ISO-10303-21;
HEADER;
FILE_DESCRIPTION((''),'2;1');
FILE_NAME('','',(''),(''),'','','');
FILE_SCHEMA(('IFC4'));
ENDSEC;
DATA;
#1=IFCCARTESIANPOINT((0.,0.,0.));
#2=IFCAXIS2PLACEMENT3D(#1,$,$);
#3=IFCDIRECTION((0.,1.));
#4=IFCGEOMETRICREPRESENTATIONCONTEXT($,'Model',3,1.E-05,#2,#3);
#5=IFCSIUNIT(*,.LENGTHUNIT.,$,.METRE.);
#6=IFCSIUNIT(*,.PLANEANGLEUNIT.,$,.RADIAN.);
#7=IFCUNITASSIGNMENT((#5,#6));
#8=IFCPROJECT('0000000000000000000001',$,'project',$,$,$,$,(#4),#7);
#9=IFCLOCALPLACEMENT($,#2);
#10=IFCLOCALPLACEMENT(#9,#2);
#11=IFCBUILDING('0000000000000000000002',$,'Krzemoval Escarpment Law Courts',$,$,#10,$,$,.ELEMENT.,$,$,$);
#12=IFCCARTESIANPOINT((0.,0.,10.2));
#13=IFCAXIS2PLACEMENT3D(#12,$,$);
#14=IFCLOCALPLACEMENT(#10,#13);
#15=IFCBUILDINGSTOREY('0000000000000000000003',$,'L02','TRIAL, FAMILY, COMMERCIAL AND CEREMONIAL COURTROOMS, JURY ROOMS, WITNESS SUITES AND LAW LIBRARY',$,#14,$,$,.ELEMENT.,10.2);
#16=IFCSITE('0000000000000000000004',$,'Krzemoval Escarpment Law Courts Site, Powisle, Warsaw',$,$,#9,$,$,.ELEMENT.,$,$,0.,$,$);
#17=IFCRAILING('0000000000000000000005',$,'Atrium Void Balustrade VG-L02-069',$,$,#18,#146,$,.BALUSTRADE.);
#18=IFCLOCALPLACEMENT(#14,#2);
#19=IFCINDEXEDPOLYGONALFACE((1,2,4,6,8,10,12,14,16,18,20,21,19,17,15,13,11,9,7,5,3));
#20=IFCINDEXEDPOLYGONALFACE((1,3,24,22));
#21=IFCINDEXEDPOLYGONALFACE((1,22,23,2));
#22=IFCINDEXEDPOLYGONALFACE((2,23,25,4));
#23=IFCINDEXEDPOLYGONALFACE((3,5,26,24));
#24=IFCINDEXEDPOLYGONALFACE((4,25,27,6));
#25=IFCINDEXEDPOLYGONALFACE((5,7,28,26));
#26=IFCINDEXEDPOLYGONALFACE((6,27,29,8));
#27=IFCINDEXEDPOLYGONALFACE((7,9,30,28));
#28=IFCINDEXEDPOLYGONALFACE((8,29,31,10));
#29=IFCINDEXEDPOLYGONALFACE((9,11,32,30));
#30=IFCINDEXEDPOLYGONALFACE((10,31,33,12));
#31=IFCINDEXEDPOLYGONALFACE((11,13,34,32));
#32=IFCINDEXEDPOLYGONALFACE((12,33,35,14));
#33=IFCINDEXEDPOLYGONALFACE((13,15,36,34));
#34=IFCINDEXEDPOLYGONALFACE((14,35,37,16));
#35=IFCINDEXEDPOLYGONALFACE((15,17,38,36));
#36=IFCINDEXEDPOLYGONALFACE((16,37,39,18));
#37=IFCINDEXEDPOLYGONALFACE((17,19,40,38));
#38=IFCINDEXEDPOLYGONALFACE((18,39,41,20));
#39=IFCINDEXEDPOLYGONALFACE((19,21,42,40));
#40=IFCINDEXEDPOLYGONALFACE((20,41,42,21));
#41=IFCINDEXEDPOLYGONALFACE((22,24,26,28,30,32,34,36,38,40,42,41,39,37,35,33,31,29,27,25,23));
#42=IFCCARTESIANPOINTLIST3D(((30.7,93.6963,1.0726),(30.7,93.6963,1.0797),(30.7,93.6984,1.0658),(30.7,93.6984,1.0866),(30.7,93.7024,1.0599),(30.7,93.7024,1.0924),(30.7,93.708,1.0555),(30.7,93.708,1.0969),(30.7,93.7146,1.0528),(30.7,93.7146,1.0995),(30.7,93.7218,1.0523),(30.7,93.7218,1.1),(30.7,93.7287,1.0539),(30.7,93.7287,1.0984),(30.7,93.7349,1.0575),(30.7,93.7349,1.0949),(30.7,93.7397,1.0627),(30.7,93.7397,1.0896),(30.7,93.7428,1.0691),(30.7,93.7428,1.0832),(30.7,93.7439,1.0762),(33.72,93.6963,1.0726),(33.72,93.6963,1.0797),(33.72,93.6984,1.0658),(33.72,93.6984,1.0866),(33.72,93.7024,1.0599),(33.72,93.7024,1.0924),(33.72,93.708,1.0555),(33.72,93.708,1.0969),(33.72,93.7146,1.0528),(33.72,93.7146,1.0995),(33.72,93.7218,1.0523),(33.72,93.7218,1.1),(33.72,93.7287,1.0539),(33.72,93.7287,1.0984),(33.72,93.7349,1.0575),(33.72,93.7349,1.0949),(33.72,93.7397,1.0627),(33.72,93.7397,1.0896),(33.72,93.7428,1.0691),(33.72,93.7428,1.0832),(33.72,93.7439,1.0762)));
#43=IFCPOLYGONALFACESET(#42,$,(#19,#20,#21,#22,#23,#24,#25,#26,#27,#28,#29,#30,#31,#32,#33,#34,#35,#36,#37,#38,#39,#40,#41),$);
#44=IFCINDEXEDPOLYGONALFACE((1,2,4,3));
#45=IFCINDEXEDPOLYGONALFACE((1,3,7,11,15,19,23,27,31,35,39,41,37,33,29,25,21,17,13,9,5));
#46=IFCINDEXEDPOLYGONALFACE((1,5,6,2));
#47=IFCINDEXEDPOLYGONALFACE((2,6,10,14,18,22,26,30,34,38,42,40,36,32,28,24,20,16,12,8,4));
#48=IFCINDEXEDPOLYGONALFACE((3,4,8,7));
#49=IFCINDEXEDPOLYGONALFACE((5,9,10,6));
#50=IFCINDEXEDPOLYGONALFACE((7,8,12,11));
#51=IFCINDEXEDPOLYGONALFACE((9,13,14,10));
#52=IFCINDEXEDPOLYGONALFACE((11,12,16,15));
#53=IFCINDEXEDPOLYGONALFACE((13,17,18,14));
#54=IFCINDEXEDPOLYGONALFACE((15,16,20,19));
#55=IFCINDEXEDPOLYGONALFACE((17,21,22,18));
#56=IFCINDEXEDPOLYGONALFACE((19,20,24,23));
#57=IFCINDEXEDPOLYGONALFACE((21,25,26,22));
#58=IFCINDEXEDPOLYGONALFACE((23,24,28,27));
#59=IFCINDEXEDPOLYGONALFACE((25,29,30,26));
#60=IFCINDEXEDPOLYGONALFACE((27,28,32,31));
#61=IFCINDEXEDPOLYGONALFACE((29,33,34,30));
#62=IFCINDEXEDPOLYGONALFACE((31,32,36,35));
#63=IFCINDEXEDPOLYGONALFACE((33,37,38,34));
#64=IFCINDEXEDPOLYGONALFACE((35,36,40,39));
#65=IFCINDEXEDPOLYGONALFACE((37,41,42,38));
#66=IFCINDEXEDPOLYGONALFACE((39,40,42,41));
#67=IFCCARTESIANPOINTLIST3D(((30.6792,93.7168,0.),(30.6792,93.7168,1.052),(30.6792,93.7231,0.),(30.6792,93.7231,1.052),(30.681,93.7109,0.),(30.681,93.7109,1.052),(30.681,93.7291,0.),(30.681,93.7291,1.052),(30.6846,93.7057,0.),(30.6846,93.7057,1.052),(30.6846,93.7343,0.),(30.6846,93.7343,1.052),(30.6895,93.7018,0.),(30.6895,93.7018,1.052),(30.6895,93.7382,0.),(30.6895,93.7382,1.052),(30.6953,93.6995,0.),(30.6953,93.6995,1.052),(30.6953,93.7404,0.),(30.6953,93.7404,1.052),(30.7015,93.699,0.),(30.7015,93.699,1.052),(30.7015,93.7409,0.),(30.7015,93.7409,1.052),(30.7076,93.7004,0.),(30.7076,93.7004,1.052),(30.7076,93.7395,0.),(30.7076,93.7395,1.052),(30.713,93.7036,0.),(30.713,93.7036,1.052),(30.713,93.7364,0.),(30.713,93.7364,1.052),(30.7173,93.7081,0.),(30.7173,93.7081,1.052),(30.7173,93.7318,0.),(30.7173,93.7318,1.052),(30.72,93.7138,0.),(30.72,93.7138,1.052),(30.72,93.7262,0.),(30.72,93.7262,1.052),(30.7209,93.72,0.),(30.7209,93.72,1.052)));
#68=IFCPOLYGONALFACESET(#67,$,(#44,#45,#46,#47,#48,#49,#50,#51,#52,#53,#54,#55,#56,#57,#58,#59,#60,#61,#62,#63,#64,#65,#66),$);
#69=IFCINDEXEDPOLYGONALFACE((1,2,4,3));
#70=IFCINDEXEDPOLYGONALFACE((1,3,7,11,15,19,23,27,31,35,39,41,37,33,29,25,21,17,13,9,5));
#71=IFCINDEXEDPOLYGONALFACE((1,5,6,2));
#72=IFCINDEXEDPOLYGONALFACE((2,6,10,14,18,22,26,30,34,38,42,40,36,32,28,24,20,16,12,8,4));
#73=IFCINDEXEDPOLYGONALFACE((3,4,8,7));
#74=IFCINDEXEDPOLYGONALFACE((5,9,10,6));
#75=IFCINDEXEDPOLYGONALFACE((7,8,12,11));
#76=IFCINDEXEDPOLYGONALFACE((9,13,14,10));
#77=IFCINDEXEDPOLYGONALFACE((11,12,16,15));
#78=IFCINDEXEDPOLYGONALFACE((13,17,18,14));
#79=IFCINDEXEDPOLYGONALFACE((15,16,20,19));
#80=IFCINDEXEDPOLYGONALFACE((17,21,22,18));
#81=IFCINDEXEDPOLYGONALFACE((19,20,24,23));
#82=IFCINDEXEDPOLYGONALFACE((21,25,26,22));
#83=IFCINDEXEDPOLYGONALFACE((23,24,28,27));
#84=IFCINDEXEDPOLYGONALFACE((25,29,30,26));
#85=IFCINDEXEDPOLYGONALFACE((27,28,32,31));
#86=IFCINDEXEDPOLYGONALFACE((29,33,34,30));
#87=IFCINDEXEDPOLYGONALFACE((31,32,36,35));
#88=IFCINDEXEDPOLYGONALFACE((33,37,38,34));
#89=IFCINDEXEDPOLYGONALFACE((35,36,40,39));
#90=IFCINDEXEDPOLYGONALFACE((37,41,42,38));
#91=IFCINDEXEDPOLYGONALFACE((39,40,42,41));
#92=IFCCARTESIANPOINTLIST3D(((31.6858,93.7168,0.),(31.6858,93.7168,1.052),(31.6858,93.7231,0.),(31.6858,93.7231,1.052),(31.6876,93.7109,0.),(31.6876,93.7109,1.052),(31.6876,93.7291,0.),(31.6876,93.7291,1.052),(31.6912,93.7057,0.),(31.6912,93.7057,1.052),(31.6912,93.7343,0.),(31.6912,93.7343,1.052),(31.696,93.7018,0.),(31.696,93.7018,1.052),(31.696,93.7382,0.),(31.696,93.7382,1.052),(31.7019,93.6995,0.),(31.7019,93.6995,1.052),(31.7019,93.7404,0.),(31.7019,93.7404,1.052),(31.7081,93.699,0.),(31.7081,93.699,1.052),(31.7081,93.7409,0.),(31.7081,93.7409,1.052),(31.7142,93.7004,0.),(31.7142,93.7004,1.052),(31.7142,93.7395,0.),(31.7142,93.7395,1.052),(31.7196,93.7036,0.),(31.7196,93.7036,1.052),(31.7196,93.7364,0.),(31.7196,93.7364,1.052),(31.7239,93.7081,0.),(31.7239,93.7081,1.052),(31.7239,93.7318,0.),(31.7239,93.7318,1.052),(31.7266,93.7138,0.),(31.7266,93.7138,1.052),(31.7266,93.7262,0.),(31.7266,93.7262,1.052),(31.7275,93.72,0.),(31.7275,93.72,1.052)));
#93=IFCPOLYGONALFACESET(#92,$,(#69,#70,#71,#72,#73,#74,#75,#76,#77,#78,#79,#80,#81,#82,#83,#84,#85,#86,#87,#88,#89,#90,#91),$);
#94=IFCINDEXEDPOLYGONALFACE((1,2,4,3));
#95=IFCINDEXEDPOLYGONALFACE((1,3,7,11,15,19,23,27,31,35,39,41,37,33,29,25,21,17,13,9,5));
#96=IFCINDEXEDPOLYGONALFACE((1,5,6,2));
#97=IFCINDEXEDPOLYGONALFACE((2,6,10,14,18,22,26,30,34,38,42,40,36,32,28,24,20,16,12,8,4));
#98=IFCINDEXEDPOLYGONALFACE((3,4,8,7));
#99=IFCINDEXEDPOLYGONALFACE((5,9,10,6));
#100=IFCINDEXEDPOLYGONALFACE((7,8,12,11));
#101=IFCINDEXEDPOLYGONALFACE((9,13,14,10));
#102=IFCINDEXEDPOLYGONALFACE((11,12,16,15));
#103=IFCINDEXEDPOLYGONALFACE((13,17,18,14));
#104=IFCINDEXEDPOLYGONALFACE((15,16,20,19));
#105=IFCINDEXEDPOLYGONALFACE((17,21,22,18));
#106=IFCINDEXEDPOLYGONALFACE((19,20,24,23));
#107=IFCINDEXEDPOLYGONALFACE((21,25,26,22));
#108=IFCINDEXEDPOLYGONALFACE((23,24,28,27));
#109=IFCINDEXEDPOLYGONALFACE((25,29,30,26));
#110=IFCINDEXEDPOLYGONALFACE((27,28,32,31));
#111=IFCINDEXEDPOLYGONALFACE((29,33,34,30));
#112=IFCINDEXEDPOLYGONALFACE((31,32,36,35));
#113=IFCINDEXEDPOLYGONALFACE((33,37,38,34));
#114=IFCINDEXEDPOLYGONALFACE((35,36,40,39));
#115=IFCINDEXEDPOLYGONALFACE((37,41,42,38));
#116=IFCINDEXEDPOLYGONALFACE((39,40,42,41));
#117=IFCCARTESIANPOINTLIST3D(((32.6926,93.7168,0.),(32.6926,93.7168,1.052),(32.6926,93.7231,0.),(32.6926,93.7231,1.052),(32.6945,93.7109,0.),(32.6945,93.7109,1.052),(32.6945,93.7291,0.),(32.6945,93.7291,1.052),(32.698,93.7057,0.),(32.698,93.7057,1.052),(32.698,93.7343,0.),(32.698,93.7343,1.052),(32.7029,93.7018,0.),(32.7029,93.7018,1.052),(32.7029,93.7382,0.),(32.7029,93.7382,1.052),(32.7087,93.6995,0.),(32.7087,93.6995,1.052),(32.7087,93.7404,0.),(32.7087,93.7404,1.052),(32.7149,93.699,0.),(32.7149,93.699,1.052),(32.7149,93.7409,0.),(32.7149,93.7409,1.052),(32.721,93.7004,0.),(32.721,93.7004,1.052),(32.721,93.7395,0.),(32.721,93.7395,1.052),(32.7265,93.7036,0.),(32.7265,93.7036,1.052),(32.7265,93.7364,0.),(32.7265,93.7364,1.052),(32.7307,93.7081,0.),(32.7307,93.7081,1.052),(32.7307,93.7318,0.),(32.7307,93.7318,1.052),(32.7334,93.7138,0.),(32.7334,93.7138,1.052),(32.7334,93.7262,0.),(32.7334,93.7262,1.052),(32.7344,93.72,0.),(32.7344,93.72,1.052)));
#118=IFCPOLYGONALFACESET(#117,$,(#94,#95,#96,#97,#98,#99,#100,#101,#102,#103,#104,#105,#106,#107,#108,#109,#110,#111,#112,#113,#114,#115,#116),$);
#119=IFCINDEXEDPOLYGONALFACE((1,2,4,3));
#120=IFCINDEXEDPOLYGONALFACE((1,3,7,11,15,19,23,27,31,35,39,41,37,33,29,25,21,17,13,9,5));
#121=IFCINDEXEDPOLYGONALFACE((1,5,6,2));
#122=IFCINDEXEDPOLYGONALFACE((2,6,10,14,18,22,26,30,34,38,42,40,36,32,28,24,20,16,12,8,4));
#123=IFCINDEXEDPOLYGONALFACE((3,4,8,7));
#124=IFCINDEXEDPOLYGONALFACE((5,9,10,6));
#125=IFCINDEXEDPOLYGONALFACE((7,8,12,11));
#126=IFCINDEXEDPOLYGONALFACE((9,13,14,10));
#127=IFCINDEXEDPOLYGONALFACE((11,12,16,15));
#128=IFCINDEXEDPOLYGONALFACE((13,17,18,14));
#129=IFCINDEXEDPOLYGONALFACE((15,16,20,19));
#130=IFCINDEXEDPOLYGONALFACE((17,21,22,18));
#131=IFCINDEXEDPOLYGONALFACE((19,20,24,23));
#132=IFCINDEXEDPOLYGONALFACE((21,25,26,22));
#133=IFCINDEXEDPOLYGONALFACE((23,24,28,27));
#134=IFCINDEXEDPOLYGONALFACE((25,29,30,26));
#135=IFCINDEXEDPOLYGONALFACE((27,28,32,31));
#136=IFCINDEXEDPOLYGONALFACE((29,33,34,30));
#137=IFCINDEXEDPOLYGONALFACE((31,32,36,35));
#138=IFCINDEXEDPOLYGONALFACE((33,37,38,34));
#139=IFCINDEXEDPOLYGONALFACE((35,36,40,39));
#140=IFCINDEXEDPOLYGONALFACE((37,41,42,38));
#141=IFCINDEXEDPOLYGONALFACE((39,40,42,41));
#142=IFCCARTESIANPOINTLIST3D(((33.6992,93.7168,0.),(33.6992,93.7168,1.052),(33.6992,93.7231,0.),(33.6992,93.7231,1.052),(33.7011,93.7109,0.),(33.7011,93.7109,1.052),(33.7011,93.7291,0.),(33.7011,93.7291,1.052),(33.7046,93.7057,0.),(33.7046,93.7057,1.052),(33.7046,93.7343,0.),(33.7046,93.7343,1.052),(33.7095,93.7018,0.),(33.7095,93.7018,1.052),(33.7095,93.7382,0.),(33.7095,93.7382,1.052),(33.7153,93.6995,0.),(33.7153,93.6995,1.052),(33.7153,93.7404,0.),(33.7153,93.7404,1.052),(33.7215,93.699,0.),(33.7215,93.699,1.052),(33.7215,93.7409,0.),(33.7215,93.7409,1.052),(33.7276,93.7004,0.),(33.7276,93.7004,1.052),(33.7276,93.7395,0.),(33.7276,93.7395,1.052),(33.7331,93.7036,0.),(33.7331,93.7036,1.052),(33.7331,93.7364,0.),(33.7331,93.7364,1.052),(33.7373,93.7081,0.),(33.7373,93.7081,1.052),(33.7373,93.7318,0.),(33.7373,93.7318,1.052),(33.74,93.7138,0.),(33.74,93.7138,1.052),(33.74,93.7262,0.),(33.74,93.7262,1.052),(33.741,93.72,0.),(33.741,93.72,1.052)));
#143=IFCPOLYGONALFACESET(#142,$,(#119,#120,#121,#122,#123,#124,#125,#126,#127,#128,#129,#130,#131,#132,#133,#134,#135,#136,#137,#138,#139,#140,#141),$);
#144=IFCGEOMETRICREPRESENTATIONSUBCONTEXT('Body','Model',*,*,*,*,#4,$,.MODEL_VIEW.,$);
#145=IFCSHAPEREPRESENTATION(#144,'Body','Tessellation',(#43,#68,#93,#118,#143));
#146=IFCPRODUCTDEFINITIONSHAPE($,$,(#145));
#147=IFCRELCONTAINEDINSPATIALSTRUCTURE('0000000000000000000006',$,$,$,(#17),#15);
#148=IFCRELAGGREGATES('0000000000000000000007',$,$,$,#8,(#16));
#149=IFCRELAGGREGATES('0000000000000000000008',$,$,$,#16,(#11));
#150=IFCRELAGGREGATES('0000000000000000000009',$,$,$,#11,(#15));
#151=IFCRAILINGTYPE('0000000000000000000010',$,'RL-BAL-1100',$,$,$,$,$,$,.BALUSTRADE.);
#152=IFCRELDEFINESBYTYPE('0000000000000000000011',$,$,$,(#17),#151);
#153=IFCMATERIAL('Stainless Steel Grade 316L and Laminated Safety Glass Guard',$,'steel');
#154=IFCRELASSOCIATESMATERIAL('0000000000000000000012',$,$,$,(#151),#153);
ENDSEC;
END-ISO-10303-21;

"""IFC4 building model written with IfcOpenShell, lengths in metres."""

from ifc_helpers import new_model, si_unit, direction, frame, origin, origin_2d, place, context, subcontext, project, spatial, circle, extrude, material, type_object, element, save


model = new_model("IFC4")

# Units and contexts
model_context = context("Model", 3, precision=1e-05, world=origin(), true_north=direction((0.0, 1.0)))
body_context = subcontext(model_context, "Body", "Model", "MODEL_VIEW")
ifc_project = project(units=[si_unit("LENGTHUNIT", "METRE"), si_unit("PLANEANGLEUNIT", "RADIAN")], contexts=[model_context])

# Site, building, storey
site_placement = place(None, origin())
site = spatial("IfcSite", under=ifc_project, at=site_placement, Name="Krzemoval Escarpment Law Courts Site, Powisle, Warsaw", CompositionType="ELEMENT", RefElevation=0.0)
building_placement = place(site_placement, origin())
building = spatial("IfcBuilding", under=site, at=building_placement, Name="Krzemoval Escarpment Law Courts", CompositionType="ELEMENT")
storey_placement = place(building_placement, frame((0.0, 0.0, 10.2)))
storey = spatial("IfcBuildingStorey", under=building, at=storey_placement, Name="L02", Description="TRIAL, FAMILY, COMMERCIAL AND CEREMONIAL COURTROOMS, JURY ROOMS, WITNESS SUITES AND LAW LIBRARY", CompositionType="ELEMENT", Elevation=10.2)

# Railing
ifc_material_1 = material(Name="Stainless Steel Grade 316L and Laminated Safety Glass Guard", Category="steel")
railing_type = type_object("IfcRailingType", Name="RL-BAL-1100", PredefinedType="BALUSTRADE", material=ifc_material_1)
railing_placement = place(storey_placement, frame((30.7, 93.72, 0.0)))
element("IfcRailing", 1, at=railing_placement, inside=storey, type_object=railing_type, Name="Atrium Void Balustrade VG-L02-069", PredefinedType="BALUSTRADE", context=body_context, shape_type="SweptSolid", body=[
    extrude(circle(Radius=0.0239, at=origin_2d()), frame((0.0, 0.0, 1.0762), z_axis=(1.0, 0.0, 0.0), x_axis=(0.0, 1.0, 0.0)), (0.0, 0.0, 1.0), 3.02),
    extrude(circle(Radius=0.021, at=origin_2d()), origin(), (0.0, 0.0, 1.0), 1.052),
    extrude(circle(Radius=0.021, at=origin_2d()), frame((1.0066, 0.0, 0.0)), (0.0, 0.0, 1.0), 1.052),
    extrude(circle(Radius=0.021, at=origin_2d()), frame((2.0134, 0.0, 0.0)), (0.0, 0.0, 1.0), 1.052),
    extrude(circle(Radius=0.021, at=origin_2d()), frame((3.02, 0.0, 0.0)), (0.0, 0.0, 1.0), 1.052),
])

save(model, "model.ifc")
